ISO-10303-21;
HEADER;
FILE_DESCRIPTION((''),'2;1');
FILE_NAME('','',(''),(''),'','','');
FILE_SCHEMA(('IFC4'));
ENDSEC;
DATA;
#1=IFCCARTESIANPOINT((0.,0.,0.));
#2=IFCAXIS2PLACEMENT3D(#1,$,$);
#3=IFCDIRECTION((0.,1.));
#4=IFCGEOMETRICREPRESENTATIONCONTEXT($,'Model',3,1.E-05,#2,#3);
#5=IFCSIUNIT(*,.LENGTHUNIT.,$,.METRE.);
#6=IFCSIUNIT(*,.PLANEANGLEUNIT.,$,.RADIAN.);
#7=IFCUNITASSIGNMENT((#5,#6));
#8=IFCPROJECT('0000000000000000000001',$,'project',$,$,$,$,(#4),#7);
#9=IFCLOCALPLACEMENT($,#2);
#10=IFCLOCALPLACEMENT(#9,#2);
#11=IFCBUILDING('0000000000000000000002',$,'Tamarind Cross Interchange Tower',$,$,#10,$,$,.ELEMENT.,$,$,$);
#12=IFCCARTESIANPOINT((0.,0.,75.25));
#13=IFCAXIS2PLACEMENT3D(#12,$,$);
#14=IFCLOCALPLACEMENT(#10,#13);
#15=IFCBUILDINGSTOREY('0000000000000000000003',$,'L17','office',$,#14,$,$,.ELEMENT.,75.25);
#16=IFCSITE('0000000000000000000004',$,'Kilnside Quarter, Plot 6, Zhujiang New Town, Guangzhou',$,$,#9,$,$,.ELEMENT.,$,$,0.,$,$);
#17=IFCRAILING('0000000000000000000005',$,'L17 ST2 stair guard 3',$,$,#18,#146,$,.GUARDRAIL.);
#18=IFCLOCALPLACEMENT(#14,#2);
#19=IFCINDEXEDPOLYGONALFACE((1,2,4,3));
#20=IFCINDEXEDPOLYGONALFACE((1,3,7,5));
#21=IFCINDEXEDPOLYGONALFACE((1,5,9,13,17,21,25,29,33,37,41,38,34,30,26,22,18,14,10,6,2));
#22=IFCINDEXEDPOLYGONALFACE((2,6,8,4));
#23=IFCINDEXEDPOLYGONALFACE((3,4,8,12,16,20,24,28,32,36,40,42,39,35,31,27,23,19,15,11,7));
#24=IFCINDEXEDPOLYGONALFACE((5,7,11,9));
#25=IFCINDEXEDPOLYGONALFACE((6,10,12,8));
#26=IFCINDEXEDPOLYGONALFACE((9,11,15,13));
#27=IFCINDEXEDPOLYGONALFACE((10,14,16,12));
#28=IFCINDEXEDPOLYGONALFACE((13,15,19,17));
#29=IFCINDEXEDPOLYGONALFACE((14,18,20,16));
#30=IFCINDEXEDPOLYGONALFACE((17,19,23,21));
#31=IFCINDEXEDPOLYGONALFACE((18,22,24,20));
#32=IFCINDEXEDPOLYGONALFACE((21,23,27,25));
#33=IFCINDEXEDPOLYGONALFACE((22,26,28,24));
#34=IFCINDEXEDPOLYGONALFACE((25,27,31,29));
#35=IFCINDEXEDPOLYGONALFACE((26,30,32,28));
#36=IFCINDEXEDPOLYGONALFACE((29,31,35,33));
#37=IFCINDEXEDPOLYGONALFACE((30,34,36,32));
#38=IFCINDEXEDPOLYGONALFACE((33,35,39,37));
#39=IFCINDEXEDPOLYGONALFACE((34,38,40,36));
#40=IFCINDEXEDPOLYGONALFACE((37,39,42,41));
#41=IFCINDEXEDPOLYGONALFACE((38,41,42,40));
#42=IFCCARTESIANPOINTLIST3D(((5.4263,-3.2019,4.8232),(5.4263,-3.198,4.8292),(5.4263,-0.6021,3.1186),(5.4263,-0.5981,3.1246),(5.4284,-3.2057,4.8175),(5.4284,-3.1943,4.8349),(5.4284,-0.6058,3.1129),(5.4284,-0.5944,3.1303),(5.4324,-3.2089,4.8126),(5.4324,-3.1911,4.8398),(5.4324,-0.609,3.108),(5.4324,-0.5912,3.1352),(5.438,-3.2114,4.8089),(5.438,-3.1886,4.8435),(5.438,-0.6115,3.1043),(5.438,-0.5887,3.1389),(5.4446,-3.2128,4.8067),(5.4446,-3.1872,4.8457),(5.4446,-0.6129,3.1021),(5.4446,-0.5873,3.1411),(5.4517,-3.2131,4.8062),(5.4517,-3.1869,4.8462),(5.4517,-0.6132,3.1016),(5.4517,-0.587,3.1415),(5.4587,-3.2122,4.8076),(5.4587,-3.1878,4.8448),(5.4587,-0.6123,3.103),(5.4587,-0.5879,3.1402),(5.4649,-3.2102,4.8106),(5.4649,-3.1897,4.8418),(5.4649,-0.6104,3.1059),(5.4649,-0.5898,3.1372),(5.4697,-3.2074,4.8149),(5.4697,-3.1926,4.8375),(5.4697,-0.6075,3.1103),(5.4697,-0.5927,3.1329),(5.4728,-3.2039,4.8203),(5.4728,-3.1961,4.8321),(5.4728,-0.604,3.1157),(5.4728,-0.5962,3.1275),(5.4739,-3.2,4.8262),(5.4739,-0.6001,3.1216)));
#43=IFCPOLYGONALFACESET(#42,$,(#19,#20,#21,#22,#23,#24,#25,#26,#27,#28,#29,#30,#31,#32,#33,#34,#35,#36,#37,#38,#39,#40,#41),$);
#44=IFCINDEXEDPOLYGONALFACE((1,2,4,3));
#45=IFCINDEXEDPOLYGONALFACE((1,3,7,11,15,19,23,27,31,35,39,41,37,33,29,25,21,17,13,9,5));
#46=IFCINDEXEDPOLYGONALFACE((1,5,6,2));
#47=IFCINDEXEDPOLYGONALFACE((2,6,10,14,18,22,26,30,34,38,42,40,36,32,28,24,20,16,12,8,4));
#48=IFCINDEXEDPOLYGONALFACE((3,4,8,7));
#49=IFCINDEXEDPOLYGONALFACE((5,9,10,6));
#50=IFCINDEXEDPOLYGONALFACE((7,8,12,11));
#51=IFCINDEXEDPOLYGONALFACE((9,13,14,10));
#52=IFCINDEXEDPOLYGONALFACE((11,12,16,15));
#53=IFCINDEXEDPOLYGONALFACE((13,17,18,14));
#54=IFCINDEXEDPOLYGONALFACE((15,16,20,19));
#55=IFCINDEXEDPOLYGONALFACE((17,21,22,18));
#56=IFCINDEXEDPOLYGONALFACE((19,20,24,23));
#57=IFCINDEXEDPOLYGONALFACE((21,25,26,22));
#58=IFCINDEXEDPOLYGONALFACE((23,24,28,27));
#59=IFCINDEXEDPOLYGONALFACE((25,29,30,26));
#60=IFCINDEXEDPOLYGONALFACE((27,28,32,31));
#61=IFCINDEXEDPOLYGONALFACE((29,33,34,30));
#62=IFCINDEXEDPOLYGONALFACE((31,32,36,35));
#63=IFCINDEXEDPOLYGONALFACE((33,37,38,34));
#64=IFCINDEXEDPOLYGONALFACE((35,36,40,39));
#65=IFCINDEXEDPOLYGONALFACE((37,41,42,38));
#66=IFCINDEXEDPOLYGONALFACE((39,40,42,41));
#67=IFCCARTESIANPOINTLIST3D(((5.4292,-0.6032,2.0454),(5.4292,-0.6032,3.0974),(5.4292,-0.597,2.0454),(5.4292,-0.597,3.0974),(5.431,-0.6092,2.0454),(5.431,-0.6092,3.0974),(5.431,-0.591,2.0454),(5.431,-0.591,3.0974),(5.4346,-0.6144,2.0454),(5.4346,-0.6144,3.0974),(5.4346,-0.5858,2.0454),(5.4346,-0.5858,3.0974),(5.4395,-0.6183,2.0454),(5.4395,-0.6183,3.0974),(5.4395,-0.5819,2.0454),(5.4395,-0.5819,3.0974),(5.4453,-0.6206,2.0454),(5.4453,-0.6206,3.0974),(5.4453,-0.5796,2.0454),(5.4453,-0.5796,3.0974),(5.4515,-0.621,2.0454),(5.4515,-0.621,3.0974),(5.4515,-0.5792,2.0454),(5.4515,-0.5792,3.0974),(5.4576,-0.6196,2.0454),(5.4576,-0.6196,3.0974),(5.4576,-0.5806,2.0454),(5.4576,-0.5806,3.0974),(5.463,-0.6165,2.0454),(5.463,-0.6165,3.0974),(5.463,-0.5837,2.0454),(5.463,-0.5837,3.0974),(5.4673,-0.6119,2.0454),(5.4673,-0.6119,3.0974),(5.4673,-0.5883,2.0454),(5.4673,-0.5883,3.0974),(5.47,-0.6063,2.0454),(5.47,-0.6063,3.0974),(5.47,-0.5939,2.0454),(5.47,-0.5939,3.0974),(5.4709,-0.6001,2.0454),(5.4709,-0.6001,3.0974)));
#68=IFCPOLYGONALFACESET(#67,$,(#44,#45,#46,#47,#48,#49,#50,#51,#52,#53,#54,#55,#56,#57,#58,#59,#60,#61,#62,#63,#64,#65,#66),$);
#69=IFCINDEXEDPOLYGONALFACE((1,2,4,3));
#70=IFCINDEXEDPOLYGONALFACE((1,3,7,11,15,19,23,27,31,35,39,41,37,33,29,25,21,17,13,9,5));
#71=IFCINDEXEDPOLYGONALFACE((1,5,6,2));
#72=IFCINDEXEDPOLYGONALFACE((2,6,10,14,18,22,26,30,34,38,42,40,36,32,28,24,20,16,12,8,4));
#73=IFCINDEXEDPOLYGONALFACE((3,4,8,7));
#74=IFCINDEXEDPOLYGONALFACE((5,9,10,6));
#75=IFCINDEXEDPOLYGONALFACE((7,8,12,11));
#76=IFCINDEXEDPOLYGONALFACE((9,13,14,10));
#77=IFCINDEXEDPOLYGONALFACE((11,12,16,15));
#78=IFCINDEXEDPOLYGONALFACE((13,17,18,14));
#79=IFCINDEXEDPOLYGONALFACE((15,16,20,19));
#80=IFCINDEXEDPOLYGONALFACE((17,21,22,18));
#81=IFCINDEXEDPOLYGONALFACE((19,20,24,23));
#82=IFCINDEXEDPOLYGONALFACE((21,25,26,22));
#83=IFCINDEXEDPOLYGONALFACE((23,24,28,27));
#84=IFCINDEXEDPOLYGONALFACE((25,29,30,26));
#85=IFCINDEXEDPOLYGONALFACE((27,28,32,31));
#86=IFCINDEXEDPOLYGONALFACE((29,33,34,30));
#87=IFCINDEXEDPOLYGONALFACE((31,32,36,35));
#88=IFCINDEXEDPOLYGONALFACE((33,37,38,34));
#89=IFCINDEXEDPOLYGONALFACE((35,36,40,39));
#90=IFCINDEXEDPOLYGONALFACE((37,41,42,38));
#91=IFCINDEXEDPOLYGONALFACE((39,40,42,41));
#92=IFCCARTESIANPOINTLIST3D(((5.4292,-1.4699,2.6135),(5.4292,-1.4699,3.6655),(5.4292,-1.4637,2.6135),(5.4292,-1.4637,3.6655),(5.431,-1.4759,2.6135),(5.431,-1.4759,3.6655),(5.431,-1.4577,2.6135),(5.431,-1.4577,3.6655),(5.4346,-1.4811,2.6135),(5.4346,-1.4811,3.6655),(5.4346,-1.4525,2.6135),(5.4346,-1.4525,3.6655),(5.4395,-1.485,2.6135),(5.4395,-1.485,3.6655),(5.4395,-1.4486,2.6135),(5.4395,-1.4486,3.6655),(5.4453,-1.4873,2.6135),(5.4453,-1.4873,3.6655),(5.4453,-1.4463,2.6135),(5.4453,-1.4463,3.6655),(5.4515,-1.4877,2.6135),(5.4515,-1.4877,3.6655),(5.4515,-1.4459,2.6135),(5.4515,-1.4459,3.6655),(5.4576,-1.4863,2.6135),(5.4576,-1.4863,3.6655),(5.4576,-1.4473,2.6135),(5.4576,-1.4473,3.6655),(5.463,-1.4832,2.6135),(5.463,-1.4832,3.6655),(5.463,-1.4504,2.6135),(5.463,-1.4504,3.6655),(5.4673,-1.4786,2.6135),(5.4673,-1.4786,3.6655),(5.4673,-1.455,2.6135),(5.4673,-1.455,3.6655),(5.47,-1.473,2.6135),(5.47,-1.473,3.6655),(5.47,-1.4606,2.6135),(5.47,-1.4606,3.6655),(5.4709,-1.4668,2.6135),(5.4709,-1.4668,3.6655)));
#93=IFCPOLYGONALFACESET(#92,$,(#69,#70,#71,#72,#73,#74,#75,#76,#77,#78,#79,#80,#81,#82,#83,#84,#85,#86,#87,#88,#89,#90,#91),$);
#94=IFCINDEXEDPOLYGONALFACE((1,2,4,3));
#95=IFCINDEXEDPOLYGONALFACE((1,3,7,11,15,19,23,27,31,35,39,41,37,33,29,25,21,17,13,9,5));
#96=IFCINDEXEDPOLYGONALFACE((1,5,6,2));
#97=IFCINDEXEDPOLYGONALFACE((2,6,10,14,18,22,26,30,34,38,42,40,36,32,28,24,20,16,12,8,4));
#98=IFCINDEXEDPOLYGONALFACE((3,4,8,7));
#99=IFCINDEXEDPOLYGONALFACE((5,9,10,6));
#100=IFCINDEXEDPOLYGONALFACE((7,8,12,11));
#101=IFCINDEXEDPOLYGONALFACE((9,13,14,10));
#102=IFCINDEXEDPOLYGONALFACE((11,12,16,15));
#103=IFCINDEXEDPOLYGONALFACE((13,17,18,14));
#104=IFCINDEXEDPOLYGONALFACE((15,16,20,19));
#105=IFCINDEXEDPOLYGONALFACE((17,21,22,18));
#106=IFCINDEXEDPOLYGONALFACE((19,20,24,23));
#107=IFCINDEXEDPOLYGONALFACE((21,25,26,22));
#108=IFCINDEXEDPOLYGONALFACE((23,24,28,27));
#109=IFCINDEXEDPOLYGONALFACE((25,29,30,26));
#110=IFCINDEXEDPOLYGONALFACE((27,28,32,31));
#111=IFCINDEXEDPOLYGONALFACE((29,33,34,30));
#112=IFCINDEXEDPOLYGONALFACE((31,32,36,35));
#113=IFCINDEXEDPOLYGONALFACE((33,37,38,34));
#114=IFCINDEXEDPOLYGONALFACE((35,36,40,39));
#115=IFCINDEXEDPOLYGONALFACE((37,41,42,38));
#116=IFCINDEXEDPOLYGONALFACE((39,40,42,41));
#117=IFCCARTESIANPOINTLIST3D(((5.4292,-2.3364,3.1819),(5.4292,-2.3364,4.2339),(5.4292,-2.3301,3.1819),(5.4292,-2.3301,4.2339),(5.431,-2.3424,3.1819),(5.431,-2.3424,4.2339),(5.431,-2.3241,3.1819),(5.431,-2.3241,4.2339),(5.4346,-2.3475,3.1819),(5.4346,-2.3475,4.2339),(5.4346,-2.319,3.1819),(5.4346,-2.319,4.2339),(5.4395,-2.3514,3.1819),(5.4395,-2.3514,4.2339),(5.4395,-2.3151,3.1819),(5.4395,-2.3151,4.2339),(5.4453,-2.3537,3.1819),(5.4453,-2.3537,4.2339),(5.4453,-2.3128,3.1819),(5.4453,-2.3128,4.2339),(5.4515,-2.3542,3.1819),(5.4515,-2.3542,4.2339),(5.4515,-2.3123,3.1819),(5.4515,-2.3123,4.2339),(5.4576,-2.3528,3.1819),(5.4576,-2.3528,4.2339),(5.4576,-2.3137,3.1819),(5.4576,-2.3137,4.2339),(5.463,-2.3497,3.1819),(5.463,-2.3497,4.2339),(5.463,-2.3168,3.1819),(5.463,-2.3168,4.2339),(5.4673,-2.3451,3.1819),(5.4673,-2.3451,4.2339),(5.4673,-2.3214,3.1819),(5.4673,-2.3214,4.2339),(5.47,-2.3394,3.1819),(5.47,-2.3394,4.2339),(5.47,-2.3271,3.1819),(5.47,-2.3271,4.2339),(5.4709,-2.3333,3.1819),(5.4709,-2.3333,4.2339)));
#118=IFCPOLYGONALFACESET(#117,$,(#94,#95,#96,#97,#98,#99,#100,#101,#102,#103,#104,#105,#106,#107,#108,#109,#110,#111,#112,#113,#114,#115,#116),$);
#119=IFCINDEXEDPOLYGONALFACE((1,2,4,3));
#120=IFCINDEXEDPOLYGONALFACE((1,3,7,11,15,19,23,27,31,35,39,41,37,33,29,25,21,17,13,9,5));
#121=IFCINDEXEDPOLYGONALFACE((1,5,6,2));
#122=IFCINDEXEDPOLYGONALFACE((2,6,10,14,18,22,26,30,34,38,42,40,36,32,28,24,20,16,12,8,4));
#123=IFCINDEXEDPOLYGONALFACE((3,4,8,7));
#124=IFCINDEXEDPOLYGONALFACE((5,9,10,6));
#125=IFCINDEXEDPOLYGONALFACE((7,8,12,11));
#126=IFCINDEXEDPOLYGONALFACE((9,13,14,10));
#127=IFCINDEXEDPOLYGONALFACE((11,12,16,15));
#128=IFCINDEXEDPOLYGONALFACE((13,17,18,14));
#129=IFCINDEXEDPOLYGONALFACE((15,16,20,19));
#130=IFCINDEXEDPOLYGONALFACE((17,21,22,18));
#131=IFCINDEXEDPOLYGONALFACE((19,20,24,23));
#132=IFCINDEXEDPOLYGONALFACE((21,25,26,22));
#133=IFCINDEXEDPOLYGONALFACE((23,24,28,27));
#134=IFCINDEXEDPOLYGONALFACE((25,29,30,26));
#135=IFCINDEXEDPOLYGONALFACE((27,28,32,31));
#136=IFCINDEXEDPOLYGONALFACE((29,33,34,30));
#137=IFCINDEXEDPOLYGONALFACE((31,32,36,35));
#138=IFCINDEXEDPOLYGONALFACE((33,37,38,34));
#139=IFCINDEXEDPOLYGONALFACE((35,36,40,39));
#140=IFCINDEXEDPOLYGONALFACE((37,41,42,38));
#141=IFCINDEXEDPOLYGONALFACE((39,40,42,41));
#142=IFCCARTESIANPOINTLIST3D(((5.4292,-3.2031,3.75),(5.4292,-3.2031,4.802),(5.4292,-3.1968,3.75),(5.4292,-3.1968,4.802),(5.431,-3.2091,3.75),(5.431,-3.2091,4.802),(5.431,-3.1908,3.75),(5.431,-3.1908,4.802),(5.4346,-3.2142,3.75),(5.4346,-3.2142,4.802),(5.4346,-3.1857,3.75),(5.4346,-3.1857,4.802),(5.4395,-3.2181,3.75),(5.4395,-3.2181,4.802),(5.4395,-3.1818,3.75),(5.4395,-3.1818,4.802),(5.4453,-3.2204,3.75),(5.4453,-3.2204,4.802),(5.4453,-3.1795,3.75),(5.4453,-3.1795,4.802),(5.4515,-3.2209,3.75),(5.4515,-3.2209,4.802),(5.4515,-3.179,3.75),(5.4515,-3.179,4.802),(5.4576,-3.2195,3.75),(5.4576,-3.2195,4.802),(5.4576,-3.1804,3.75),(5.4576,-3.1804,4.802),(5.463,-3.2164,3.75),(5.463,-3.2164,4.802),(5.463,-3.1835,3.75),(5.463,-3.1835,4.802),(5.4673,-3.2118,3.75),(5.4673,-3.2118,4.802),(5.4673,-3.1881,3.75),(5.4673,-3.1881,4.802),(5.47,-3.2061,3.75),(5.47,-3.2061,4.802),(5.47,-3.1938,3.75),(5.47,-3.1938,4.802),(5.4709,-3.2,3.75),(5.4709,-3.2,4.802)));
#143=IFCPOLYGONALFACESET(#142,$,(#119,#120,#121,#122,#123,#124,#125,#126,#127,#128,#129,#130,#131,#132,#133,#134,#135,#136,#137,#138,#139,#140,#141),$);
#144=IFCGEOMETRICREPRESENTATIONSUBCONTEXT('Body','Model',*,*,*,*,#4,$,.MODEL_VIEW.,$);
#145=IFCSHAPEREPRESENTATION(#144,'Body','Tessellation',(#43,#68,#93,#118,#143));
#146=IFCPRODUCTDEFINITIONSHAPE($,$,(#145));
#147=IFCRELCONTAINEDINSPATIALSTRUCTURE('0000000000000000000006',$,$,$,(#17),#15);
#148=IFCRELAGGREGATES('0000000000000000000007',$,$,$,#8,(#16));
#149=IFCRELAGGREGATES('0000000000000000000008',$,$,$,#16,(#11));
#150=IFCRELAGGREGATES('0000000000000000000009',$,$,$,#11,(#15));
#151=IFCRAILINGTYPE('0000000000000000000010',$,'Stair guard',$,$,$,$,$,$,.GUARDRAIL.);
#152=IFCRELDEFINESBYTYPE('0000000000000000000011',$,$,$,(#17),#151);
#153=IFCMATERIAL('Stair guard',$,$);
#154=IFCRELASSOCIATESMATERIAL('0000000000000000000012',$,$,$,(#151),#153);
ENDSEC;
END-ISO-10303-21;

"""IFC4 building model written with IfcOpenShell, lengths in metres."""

from ifc_helpers import new_model, si_unit, direction, frame, origin, origin_2d, place, context, subcontext, project, spatial, circle, extrude, material, type_object, element, save


model = new_model("IFC4")

# Units and contexts
model_context = context("Model", 3, precision=1e-05, world=origin(), true_north=direction((0.0, 1.0)))
body_context = subcontext(model_context, "Body", "Model", "MODEL_VIEW")
ifc_project = project(units=[si_unit("LENGTHUNIT", "METRE"), si_unit("PLANEANGLEUNIT", "RADIAN")], contexts=[model_context])

# Site, building, storey
site_placement = place(None, origin())
site = spatial("IfcSite", under=ifc_project, at=site_placement, Name="Kilnside Quarter, Plot 6, Zhujiang New Town, Guangzhou", CompositionType="ELEMENT", RefElevation=0.0)
building_placement = place(site_placement, origin())
building = spatial("IfcBuilding", under=site, at=building_placement, Name="Tamarind Cross Interchange Tower", CompositionType="ELEMENT")
storey_placement = place(building_placement, frame((0.0, 0.0, 75.25)))
storey = spatial("IfcBuildingStorey", under=building, at=storey_placement, Name="L17", Description="office", CompositionType="ELEMENT", Elevation=75.25)

# Railing
ifc_material_1 = material(Name="Stair guard")
railing_type_1 = type_object("IfcRailingType", Name="Stair guard", PredefinedType="GUARDRAIL", material=ifc_material_1)
railing_1_placement = place(storey_placement, frame((5.45, -0.6001, 2.0454)))
element("IfcRailing", 1, at=railing_1_placement, inside=storey, type_object=railing_type_1, Name="L17 ST2 stair guard 3", PredefinedType="GUARDRAIL", context=body_context, shape_type="SweptSolid", body=[
    extrude(circle(Radius=0.0239, at=origin_2d()), frame((0.0, 0.0, 1.0762), z_axis=(0.0, -0.836279, 0.548305), x_axis=(1.0, 0.0, 0.0)), (0.0, 0.0, 1.0), 3.1089),
    extrude(circle(Radius=0.021, at=origin_2d()), origin(), (0.0, 0.0, 1.0), 1.052),
    extrude(circle(Radius=0.021, at=origin_2d()), frame((0.0, -0.8667, 0.5681)), (0.0, 0.0, 1.0), 1.052),
    extrude(circle(Radius=0.021, at=origin_2d()), frame((0.0, -1.7332, 1.1365)), (0.0, 0.0, 1.0), 1.052),
    extrude(circle(Radius=0.021, at=origin_2d()), frame((0.0, -2.5999, 1.7046)), (0.0, 0.0, 1.0), 1.052),
])

save(model, "model.ifc")
